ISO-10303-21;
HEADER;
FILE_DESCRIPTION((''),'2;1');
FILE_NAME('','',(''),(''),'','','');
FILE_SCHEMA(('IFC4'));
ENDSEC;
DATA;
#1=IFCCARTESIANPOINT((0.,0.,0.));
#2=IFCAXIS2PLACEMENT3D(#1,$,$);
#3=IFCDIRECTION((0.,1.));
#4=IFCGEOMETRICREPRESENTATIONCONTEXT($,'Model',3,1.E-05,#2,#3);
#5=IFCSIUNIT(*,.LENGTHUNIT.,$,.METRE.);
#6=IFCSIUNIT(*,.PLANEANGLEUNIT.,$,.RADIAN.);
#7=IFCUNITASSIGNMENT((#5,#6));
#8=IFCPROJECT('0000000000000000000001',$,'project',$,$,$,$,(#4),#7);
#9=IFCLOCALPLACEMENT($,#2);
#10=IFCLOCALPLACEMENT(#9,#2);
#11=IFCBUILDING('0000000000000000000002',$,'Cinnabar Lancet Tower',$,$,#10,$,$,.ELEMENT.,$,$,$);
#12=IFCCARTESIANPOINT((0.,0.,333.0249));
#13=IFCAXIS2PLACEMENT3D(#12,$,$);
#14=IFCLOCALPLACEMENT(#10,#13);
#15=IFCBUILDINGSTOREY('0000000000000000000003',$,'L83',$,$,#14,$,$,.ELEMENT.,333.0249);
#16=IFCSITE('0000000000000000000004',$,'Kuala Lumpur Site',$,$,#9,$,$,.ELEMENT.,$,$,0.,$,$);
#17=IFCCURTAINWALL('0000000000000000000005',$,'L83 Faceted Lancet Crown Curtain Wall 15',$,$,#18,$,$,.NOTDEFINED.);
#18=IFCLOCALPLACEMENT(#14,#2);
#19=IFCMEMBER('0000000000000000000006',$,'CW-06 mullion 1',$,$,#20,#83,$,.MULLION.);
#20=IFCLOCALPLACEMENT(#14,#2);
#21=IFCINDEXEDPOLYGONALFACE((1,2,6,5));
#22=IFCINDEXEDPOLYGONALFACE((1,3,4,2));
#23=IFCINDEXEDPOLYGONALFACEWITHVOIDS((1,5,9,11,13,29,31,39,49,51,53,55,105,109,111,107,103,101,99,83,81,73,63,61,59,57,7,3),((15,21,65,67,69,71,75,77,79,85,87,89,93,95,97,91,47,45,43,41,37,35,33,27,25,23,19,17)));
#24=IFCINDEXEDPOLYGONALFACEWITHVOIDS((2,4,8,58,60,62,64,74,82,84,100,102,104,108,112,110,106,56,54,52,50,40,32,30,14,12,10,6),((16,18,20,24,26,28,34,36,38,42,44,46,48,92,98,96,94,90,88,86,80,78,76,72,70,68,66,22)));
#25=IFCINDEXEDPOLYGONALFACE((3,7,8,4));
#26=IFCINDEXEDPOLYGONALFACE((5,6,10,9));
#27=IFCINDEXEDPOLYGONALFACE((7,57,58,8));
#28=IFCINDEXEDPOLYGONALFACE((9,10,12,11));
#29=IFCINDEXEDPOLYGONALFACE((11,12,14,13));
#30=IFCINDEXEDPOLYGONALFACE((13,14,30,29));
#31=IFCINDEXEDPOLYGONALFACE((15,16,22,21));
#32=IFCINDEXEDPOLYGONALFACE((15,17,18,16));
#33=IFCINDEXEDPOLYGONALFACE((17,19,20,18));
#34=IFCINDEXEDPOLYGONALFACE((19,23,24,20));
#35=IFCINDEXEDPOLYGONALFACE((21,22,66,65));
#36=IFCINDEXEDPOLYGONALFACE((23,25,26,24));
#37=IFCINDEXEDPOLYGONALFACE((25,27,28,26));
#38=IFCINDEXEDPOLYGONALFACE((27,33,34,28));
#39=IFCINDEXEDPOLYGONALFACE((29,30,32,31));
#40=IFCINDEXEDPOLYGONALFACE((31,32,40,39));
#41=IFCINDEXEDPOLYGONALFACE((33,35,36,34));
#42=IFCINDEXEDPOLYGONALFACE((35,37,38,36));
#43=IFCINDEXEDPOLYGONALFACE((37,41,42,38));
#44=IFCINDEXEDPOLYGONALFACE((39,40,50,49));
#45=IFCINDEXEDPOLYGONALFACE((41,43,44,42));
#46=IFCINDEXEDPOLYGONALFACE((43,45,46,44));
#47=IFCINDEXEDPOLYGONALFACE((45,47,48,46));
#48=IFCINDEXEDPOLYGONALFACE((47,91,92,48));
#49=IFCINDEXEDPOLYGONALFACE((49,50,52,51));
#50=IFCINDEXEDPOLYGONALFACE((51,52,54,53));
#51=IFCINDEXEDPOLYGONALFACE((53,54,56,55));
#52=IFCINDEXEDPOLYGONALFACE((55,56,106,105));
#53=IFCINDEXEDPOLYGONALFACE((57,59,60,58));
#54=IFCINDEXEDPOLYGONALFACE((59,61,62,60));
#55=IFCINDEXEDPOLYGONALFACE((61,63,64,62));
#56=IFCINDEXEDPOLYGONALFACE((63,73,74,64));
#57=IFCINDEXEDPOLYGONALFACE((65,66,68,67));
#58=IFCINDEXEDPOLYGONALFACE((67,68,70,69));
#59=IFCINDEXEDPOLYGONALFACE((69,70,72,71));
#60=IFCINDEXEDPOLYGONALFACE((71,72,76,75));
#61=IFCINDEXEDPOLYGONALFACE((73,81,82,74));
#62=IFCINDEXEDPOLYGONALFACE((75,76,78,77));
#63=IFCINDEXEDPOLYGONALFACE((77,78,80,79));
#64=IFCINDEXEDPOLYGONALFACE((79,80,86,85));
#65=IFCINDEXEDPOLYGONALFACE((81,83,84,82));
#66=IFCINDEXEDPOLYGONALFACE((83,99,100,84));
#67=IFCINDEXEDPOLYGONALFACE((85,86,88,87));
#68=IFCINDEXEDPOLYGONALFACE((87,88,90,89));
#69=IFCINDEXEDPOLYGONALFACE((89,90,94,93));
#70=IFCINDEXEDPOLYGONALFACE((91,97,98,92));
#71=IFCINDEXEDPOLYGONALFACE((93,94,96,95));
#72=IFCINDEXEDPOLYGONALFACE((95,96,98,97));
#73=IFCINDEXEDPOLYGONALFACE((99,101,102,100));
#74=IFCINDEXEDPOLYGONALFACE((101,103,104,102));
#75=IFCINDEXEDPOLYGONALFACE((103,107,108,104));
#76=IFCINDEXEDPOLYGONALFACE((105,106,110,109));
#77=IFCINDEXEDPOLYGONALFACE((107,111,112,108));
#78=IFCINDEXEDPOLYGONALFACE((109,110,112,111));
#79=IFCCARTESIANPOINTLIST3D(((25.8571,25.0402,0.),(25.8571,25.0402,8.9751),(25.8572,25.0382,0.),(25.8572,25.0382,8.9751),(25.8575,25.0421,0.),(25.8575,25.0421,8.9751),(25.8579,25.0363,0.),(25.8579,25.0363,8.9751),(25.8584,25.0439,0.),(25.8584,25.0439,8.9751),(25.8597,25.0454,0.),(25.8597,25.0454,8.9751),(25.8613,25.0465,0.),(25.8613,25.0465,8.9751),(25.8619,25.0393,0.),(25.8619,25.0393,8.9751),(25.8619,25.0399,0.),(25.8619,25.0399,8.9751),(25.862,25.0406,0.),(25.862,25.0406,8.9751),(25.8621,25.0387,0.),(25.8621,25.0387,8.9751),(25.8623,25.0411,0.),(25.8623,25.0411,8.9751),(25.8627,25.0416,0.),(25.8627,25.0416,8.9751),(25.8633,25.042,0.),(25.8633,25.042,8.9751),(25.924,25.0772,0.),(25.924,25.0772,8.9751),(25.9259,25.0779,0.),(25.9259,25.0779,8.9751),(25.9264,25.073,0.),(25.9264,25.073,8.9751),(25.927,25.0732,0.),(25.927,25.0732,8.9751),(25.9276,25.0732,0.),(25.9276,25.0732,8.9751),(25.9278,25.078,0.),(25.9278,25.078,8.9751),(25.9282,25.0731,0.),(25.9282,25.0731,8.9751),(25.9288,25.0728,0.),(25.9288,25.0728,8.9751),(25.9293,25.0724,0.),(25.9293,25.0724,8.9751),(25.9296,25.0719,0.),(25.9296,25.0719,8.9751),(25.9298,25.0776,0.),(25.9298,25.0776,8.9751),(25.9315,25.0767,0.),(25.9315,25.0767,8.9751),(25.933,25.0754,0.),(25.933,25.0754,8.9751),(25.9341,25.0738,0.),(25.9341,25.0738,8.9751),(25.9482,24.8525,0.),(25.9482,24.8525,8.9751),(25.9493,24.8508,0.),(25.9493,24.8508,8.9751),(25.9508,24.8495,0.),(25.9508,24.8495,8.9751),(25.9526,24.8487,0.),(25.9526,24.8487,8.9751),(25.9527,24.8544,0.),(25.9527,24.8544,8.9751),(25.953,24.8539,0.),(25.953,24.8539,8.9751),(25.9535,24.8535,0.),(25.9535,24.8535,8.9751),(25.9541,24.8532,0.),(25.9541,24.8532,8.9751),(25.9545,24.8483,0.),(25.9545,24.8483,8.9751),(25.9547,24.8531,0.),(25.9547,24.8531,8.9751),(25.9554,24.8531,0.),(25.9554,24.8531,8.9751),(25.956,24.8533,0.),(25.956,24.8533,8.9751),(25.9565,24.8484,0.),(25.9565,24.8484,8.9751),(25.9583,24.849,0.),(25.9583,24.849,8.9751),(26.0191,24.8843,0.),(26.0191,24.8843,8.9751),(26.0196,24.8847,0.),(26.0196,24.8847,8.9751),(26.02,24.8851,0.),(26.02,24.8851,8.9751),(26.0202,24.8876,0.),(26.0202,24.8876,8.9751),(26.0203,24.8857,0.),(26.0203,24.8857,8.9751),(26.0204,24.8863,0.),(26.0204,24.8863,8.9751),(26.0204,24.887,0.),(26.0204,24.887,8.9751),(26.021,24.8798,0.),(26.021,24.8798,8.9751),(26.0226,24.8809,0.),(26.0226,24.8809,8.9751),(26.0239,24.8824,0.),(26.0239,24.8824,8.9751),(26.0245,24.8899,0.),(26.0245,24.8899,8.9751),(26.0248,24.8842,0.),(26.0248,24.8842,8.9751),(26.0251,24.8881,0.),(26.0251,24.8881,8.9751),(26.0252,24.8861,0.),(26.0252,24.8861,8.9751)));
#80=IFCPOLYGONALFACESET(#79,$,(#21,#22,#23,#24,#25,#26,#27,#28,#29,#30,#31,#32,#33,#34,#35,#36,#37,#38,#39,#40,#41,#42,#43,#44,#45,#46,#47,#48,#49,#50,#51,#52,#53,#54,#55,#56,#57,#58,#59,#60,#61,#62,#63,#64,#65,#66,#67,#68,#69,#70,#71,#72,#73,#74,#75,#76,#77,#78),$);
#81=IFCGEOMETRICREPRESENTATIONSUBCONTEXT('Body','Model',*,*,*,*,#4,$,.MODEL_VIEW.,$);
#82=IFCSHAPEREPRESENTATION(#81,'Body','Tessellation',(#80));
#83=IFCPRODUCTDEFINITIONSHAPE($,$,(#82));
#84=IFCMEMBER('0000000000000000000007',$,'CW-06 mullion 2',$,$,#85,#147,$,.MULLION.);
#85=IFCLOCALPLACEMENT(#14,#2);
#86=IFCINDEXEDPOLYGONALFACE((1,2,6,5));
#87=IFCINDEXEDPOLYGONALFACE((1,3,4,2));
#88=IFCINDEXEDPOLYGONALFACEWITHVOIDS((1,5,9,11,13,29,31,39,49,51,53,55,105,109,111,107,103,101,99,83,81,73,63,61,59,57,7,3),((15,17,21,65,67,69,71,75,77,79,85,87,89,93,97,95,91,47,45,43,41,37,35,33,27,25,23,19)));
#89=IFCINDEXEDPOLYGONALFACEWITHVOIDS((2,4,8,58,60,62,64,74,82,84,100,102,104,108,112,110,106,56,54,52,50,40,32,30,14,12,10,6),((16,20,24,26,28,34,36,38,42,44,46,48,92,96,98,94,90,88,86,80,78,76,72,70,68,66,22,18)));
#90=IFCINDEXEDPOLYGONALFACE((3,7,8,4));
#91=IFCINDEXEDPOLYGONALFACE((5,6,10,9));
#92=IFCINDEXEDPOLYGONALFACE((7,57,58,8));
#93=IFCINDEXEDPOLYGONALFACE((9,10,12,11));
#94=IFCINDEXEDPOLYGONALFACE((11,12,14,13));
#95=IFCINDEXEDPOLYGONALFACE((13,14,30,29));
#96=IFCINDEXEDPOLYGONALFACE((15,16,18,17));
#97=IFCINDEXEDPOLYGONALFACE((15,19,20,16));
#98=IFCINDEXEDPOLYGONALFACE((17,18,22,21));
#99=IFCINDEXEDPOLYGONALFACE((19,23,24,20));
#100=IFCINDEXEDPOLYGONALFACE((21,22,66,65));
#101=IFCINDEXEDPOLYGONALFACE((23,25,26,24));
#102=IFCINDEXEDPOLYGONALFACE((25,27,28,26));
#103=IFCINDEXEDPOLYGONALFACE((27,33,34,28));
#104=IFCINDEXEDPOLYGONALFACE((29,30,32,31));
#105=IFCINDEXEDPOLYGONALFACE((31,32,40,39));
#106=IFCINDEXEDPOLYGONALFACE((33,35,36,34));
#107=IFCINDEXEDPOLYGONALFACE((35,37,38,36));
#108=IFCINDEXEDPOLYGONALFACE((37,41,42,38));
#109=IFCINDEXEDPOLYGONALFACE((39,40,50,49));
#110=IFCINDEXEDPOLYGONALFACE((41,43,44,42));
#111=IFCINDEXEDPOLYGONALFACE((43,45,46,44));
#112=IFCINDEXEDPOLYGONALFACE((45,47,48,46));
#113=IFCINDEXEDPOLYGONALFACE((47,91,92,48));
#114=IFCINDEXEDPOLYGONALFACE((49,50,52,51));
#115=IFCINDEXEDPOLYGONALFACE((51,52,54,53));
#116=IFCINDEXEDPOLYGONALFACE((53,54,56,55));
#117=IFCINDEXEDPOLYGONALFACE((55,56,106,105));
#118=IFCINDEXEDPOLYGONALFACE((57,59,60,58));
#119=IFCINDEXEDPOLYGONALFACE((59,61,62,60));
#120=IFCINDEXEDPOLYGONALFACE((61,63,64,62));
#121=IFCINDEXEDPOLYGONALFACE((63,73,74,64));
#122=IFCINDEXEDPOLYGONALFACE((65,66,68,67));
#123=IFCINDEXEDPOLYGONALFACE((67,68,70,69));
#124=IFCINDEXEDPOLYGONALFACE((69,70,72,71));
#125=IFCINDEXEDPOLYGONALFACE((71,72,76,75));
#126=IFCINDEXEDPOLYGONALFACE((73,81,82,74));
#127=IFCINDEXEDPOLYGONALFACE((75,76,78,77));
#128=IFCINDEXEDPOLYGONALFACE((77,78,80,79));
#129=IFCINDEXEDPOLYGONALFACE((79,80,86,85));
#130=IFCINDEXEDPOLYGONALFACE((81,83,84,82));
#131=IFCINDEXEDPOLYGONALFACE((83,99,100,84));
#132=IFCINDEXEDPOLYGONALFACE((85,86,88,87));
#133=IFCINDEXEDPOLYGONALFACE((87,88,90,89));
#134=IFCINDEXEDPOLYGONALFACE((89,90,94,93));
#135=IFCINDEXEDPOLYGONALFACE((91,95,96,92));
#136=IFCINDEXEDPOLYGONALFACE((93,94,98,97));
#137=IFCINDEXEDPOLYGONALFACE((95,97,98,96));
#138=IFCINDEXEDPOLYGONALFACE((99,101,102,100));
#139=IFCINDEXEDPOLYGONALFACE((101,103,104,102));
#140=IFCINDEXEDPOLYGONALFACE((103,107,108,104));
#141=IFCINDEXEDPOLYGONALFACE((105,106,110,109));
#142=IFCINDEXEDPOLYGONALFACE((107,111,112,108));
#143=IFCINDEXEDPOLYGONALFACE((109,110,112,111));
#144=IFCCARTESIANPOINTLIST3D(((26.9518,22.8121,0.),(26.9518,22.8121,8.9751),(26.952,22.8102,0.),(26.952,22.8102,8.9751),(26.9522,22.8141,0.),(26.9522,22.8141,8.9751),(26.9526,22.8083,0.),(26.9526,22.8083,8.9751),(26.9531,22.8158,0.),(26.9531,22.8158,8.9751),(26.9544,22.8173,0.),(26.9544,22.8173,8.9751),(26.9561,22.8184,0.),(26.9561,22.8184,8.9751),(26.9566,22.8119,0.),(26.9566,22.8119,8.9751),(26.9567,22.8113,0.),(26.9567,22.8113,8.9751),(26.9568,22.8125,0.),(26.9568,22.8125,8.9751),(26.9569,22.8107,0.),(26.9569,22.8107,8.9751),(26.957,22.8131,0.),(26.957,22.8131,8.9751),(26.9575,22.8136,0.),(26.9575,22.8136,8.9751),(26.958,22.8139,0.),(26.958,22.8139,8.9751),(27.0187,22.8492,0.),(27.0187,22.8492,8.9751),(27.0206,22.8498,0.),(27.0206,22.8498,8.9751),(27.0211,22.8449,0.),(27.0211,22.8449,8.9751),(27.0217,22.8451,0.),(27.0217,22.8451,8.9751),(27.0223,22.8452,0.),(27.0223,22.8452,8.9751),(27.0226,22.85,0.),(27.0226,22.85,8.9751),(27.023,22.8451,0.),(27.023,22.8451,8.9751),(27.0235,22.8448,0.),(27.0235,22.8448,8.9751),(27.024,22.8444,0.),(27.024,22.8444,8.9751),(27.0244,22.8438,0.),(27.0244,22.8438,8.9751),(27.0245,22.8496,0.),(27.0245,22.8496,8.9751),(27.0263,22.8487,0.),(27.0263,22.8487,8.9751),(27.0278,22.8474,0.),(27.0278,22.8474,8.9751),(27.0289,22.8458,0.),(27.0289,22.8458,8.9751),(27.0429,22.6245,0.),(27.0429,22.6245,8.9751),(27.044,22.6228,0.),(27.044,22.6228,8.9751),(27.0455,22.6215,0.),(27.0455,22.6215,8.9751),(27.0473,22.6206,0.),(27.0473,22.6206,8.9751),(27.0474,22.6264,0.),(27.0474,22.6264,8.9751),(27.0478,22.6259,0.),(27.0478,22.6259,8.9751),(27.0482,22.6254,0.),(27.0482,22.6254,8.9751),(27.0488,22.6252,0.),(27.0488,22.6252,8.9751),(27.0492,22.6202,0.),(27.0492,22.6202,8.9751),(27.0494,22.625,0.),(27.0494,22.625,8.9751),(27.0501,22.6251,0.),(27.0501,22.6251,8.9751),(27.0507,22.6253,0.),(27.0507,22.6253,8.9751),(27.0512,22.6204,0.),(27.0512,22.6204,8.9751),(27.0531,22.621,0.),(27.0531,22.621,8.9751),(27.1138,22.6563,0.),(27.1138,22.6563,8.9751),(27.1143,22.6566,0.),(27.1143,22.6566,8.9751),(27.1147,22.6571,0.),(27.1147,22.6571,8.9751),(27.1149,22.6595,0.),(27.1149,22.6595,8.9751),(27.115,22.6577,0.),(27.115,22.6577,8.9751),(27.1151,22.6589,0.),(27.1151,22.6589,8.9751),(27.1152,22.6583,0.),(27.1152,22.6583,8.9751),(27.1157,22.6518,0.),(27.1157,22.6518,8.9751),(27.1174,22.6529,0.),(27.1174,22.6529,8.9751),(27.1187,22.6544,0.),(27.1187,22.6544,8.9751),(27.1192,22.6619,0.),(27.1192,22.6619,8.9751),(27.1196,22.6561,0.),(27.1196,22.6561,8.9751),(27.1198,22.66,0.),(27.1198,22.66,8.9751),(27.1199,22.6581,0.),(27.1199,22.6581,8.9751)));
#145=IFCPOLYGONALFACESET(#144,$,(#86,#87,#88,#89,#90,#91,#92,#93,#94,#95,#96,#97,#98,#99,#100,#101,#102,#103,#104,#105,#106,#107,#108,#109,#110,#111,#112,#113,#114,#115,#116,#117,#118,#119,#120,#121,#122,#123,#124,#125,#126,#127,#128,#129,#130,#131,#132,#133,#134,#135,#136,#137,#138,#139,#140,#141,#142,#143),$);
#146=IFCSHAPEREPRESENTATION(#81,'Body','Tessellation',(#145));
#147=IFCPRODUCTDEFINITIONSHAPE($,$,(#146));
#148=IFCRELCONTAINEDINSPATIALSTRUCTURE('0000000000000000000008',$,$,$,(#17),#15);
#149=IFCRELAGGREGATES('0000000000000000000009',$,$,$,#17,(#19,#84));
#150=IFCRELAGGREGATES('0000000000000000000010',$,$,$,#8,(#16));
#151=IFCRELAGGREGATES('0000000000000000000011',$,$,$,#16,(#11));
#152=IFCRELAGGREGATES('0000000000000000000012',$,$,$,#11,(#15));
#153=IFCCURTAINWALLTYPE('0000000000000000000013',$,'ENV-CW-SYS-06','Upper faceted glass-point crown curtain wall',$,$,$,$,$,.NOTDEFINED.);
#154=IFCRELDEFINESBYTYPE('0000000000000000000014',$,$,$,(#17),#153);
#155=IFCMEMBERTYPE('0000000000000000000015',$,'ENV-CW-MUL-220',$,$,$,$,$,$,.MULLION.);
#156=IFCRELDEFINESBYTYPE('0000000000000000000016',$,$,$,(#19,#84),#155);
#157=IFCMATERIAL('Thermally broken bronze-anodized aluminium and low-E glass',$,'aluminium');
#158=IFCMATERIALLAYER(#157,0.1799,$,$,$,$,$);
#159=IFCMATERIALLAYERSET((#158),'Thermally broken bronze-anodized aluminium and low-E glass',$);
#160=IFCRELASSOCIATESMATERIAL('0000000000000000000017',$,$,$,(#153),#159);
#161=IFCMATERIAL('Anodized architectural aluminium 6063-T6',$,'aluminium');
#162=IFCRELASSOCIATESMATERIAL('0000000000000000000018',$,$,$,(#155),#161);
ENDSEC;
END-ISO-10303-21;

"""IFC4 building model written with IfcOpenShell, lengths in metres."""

from ifc_helpers import new_model, si_unit, direction, frame, origin, origin_2d, place, context, subcontext, project, spatial, hollow_rectangle, extrude, material, layer, layer_set, material_profile, profile_set, type_object, element, aggregate, save


model = new_model("IFC4")

# Units and contexts
model_context = context("Model", 3, precision=1e-05, world=origin(), true_north=direction((0.0, 1.0)))
body_context = subcontext(model_context, "Body", "Model", "MODEL_VIEW")
ifc_project = project(units=[si_unit("LENGTHUNIT", "METRE"), si_unit("PLANEANGLEUNIT", "RADIAN")], contexts=[model_context])

# Site, building, storey
site_placement = place(None, origin())
site = spatial("IfcSite", under=ifc_project, at=site_placement, Name="Kuala Lumpur Site", CompositionType="ELEMENT", RefElevation=0.0)
building_placement = place(site_placement, origin())
building = spatial("IfcBuilding", under=site, at=building_placement, Name="Cinnabar Lancet Tower", CompositionType="ELEMENT")
storey_placement = place(building_placement, frame((0.0, 0.0, 333.0249)))
storey = spatial("IfcBuildingStorey", under=building, at=storey_placement, Name="L83", CompositionType="ELEMENT", Elevation=333.0249)

# Curtain wall, members
ifc_material_1 = material(Name="Thermally broken bronze-anodized aluminium and low-E glass", Category="aluminium")
ifc_layer_1 = layer(ifc_material_1, 0.1799)
ifc_layer_set_1 = layer_set([ifc_layer_1], Name="Thermally broken bronze-anodized aluminium and low-E glass")
curtain_wall_type = type_object("IfcCurtainWallType", Name="ENV-CW-SYS-06", Description="Upper faceted glass-point crown curtain wall", PredefinedType="NOTDEFINED", material=ifc_layer_set_1)
ifc_material_2 = material(Name="Anodized architectural aluminium 6063-T6", Category="aluminium")
ifc_material_profile_1 = material_profile(ifc_material_2, hollow_rectangle(XDim=0.085, YDim=0.22, WallThickness=0.0049, InnerFilletRadius=0.0024, OuterFilletRadius=0.0076, at=origin_2d()), Name="CW-MUL 220x85x5")
ifc_profile_set_1 = profile_set([ifc_material_profile_1], Name="Anodized architectural aluminium 6063-T6")
member_type_1 = type_object("IfcMemberType", Name="ENV-CW-MUL-220", PredefinedType="MULLION", material=ifc_profile_set_1)
curtain_wall_1_placement = place(storey_placement, origin())
curtain_wall_1 = element("IfcCurtainWall", 1, at=curtain_wall_1_placement, inside=storey, type_object=curtain_wall_type, Name="L83 Faceted Lancet Crown Curtain Wall 15", PredefinedType="NOTDEFINED")
member_1_placement = place(storey_placement, frame((25.9412, 24.9631, 0.0), z_axis=(0.0, 0.0, 1.0), x_axis=(0.89751, 0.440994, 0.0)))
member_1 = element("IfcMember", 2, at=member_1_placement, type_object=member_type_1, Name="CW-06 mullion 1", PredefinedType="MULLION", context=body_context, shape_type="SweptSolid", body=[
    extrude(hollow_rectangle(XDim=0.085, YDim=0.22, WallThickness=0.0049, InnerFilletRadius=0.0024, OuterFilletRadius=0.0076, at=origin_2d()), origin(), (0.0, 0.0, 1.0), 8.9751),
])
member_2_placement = place(storey_placement, frame((27.0359, 22.7351, 0.0), z_axis=(0.0, 0.0, 1.0), x_axis=(0.89751, 0.440994, 0.0)))
member_2 = element("IfcMember", 3, at=member_2_placement, type_object=member_type_1, Name="CW-06 mullion 2", PredefinedType="MULLION", context=body_context, shape_type="SweptSolid", body=[
    extrude(hollow_rectangle(XDim=0.085, YDim=0.22, WallThickness=0.0049, InnerFilletRadius=0.0024, OuterFilletRadius=0.0076, at=origin_2d()), origin(), (0.0, 0.0, 1.0), 8.9751),
])

aggregate(curtain_wall_1, [member_1, member_2])

save(model, "model.ifc")
